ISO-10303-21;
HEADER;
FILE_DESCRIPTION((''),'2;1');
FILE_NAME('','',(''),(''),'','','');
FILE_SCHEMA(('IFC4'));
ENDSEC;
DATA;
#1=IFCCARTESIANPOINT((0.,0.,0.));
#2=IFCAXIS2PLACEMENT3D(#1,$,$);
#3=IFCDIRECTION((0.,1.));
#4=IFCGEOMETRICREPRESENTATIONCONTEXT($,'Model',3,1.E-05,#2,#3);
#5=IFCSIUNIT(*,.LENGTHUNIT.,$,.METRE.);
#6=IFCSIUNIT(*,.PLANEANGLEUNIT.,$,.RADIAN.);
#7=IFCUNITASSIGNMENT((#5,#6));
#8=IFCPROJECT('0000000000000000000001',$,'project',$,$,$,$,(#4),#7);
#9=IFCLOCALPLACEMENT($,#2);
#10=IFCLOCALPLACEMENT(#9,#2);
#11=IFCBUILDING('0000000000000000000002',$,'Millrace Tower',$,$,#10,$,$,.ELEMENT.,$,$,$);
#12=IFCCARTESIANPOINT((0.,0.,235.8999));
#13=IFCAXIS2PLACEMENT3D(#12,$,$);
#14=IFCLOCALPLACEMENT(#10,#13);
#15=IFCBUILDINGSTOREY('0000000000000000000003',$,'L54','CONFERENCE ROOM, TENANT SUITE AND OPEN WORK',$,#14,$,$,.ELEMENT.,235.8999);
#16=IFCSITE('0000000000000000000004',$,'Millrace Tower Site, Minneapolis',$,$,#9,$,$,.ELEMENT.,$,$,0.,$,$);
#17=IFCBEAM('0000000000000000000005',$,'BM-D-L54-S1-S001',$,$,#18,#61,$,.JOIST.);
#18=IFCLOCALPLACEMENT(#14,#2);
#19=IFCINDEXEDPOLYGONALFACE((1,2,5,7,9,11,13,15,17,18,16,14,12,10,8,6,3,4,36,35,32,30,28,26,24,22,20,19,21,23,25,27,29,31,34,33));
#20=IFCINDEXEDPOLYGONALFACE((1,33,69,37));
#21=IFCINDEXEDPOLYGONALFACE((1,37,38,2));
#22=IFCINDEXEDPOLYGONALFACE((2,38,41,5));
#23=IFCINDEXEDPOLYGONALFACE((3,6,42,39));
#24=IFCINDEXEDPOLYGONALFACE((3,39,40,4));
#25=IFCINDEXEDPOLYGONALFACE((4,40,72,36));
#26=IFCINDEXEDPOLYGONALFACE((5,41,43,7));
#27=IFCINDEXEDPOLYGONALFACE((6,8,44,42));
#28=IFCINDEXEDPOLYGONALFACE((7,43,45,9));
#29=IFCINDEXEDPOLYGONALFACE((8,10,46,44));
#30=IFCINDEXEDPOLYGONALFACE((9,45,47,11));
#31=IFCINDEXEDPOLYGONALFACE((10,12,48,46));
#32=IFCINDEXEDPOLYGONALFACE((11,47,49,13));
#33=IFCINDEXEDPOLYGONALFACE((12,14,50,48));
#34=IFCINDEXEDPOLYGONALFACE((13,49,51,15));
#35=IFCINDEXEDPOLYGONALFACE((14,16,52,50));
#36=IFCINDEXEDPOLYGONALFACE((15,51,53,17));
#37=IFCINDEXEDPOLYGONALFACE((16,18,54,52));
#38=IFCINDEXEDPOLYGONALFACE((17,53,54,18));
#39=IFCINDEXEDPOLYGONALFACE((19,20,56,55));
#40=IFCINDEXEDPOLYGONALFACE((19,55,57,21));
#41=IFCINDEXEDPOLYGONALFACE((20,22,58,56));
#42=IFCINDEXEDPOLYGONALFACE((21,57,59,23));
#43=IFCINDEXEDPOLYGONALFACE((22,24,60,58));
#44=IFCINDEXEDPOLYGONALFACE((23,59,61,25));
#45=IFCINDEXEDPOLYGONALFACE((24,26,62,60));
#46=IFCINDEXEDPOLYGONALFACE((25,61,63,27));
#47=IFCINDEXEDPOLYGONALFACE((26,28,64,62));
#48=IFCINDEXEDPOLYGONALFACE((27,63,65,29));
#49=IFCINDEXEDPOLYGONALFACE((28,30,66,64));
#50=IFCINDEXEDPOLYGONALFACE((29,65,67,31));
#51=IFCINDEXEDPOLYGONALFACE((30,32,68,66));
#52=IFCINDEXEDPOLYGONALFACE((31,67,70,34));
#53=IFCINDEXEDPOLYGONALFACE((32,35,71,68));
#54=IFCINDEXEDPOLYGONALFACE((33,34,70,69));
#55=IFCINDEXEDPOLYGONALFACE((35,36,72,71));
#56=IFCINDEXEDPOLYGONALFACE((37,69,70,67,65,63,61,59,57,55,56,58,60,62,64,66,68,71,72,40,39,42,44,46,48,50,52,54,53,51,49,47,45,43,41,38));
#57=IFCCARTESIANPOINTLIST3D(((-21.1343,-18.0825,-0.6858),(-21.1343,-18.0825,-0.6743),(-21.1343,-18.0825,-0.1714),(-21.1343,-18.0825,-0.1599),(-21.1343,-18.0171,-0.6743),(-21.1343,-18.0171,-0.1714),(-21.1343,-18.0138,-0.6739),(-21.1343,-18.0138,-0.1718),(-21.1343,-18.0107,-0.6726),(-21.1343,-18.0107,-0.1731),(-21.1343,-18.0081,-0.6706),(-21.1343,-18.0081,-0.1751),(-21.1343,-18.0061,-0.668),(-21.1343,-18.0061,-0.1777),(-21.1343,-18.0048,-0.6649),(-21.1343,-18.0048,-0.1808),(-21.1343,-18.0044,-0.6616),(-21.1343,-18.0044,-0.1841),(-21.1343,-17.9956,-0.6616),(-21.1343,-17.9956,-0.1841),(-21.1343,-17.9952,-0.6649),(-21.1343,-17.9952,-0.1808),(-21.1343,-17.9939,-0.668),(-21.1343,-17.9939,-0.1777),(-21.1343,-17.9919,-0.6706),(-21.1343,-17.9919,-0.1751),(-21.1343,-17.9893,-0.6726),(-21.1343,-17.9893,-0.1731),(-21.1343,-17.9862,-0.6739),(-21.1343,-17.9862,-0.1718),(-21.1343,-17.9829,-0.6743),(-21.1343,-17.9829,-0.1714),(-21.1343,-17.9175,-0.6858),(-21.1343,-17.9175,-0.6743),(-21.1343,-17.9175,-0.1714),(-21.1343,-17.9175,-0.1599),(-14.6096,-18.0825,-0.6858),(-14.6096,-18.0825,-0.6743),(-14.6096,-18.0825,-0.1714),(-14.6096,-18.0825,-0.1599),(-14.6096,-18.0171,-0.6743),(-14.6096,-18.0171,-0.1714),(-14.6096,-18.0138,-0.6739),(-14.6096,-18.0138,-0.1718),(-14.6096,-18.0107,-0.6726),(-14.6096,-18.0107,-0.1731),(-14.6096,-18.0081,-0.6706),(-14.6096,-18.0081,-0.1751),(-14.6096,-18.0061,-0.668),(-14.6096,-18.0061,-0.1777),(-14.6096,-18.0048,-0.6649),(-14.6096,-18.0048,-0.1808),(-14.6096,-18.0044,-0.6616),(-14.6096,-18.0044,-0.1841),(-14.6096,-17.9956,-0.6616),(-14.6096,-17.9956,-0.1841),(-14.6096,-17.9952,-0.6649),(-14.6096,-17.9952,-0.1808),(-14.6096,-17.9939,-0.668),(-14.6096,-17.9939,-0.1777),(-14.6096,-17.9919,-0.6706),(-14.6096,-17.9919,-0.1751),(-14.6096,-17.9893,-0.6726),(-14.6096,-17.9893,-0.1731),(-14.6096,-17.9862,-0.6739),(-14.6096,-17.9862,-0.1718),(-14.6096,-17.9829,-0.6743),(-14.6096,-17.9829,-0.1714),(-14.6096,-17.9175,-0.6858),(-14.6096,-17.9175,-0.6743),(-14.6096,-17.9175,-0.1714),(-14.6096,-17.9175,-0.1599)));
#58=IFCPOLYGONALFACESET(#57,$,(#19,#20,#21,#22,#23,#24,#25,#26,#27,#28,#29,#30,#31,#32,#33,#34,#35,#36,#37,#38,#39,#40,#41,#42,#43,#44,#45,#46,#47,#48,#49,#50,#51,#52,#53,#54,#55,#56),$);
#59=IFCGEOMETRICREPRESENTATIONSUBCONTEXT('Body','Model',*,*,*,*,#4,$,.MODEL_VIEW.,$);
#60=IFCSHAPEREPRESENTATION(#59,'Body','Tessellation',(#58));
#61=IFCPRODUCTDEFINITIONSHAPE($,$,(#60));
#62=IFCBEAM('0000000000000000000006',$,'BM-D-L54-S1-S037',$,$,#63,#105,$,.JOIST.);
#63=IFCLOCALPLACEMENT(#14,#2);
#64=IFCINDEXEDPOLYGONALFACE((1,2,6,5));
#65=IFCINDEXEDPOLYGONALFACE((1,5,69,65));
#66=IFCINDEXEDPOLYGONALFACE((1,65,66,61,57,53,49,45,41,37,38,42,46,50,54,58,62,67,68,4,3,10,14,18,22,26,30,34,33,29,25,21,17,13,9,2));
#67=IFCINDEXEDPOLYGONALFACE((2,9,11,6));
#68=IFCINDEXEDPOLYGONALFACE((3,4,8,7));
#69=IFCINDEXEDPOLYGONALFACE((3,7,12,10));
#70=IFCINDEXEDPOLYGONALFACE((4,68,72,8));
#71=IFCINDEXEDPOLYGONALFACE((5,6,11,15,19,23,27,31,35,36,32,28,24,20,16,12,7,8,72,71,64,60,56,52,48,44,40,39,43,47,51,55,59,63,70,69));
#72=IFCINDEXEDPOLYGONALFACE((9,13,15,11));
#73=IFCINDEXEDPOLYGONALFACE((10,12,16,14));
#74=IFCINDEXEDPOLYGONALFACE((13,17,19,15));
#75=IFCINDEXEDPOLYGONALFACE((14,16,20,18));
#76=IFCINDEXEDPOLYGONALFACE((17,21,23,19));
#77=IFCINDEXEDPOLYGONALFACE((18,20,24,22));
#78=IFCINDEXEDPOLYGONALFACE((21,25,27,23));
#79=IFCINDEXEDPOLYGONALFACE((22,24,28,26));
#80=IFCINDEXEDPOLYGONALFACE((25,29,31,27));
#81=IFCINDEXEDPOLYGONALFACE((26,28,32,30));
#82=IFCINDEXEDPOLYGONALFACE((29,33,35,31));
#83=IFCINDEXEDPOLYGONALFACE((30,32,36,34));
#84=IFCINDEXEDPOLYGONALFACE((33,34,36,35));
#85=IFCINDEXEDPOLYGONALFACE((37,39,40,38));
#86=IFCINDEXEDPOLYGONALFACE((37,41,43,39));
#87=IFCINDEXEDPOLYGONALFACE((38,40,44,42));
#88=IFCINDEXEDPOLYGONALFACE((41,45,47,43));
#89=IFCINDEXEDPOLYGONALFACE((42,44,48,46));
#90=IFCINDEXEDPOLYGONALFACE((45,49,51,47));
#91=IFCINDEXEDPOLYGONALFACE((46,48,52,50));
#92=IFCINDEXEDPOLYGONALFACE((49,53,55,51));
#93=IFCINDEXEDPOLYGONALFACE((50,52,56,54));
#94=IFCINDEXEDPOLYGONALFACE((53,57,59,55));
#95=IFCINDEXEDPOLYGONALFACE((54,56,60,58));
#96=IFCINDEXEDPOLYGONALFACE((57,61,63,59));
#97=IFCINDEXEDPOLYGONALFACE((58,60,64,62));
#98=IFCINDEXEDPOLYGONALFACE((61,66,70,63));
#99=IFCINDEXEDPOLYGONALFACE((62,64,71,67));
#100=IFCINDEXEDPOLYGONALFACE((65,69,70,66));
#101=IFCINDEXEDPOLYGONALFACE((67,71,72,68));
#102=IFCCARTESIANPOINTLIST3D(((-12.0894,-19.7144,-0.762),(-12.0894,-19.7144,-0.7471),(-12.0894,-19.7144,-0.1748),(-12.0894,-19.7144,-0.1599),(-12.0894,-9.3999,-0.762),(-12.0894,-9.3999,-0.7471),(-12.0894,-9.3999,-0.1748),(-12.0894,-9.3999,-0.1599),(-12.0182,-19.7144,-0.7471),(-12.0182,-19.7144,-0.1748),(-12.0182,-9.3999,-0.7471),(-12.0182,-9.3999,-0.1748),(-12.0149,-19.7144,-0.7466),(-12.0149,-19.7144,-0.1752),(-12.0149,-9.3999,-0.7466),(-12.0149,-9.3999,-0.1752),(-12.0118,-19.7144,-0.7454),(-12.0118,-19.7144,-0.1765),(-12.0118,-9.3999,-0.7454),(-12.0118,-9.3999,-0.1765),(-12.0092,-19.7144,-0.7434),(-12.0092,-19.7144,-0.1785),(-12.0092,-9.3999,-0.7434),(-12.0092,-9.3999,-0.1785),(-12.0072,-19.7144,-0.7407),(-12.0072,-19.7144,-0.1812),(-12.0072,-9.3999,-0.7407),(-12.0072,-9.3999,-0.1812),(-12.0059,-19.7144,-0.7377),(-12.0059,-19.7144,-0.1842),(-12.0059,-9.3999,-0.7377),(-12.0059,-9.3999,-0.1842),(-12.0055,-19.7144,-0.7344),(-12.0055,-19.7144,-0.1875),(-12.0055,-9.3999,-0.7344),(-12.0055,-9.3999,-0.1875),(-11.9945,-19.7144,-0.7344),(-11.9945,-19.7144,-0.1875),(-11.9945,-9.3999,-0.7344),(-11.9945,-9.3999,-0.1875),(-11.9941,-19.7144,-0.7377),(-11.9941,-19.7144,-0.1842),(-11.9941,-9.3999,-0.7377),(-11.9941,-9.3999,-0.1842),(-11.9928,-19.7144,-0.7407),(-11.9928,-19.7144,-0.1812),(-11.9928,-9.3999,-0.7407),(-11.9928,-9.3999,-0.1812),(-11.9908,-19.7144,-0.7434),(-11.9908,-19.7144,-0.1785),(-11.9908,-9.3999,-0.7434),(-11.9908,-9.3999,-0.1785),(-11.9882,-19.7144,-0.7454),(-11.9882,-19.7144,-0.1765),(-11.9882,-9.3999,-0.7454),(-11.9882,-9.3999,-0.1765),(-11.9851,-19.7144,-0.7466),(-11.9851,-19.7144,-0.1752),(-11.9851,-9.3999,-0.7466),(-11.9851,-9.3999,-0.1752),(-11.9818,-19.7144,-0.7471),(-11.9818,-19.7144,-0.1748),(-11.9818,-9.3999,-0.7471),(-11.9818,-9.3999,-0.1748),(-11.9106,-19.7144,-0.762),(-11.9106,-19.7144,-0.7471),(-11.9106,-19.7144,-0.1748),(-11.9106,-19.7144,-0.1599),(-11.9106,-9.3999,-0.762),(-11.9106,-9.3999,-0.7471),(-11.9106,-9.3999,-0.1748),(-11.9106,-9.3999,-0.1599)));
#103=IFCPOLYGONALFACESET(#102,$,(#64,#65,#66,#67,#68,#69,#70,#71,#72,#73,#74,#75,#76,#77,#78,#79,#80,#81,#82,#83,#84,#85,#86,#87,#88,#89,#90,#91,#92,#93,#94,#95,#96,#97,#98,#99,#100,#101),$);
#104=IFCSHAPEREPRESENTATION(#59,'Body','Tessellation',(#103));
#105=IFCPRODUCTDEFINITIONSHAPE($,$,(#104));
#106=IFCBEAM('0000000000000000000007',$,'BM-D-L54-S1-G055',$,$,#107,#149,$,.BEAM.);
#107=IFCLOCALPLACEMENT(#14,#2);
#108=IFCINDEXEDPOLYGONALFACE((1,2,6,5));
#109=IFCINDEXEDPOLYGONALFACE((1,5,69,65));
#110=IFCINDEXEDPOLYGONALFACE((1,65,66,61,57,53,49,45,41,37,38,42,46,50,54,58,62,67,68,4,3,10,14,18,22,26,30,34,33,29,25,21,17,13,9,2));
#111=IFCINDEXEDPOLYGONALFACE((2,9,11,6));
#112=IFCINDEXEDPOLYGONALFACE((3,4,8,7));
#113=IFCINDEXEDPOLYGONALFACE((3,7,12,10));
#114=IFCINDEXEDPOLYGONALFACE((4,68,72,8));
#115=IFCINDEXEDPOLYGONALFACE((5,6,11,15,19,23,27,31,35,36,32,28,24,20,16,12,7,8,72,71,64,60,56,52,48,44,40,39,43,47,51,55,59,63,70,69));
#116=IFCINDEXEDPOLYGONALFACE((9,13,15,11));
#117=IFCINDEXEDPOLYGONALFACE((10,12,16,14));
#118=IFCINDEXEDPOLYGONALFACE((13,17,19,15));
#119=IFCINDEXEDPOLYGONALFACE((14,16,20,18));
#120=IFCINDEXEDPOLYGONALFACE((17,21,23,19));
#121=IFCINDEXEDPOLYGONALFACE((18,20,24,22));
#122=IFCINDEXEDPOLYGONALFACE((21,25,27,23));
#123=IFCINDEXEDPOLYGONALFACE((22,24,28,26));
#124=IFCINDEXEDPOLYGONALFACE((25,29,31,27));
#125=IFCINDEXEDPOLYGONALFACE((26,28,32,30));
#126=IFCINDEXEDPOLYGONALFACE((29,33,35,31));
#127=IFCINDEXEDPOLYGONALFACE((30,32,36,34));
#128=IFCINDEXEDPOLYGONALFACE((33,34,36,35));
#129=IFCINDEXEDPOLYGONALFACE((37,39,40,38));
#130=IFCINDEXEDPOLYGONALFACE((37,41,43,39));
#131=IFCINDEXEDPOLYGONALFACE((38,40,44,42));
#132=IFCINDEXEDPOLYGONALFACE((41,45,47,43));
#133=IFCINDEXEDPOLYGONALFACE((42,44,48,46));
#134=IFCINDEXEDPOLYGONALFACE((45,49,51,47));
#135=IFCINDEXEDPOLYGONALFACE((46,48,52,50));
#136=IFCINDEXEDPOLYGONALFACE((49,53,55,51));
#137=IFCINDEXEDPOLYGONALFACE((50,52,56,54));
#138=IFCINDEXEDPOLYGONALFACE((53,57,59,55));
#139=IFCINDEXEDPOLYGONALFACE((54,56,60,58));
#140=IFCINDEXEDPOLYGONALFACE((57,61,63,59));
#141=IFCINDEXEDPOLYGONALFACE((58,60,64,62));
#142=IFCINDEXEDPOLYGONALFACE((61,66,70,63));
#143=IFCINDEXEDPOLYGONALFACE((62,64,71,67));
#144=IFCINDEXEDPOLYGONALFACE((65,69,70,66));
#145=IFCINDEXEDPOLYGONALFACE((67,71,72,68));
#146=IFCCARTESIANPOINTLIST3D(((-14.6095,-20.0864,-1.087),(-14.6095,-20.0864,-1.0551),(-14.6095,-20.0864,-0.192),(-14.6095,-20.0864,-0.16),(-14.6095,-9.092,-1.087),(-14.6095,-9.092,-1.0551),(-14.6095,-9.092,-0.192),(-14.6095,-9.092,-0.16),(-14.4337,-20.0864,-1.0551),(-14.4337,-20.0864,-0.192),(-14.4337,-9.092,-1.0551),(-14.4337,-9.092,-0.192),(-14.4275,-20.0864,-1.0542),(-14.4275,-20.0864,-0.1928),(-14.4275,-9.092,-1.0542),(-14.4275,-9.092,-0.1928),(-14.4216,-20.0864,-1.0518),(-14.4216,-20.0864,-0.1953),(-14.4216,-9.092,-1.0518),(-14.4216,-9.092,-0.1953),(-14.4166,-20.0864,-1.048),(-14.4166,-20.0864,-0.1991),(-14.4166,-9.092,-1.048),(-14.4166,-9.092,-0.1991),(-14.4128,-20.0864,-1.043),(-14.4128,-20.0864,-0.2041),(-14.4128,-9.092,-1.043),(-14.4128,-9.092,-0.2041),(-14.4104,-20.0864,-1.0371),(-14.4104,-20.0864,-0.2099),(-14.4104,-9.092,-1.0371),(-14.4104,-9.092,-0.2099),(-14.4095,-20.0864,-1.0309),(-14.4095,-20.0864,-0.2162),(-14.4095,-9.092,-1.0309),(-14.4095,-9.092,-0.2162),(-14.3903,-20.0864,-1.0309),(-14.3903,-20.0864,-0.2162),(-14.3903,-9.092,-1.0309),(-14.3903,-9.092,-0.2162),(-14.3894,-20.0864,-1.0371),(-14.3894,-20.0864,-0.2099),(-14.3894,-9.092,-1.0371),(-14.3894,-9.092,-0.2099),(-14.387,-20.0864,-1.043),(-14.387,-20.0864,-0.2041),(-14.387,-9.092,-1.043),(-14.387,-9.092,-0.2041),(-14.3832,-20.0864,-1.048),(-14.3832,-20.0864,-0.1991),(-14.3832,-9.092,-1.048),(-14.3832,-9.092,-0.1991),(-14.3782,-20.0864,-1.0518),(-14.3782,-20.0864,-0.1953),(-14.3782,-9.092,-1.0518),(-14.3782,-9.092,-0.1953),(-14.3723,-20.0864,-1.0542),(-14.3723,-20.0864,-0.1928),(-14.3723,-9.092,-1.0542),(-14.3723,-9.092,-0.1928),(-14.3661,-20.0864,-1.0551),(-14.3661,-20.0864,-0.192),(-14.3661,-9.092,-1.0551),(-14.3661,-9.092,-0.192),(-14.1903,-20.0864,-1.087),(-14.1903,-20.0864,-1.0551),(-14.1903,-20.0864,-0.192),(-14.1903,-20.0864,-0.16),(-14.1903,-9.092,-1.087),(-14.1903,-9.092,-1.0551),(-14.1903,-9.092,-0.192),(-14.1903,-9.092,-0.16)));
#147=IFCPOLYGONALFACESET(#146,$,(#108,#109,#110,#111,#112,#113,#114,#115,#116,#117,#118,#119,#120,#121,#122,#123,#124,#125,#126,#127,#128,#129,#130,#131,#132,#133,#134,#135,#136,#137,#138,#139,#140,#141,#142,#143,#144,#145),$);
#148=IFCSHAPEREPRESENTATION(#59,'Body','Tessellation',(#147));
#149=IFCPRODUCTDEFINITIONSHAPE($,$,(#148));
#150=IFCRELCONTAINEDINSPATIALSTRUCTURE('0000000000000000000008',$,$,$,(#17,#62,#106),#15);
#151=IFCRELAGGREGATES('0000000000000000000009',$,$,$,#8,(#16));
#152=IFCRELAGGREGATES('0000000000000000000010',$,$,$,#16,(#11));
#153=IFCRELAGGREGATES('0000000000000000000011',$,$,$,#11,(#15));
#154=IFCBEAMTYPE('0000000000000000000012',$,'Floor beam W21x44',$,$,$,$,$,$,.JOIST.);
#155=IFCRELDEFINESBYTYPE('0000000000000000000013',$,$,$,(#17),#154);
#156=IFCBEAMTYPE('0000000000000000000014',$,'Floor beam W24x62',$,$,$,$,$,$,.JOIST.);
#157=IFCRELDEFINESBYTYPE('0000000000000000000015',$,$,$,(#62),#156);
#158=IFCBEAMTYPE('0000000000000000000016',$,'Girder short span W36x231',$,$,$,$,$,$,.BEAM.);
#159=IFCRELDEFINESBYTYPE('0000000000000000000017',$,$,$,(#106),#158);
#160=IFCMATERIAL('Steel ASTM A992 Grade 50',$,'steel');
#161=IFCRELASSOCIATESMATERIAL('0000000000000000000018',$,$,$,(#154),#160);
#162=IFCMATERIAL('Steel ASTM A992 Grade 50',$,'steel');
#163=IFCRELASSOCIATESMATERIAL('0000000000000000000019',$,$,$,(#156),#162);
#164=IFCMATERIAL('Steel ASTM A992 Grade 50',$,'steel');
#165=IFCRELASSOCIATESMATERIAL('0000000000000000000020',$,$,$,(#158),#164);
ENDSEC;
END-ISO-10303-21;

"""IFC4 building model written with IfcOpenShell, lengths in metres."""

from ifc_helpers import new_model, si_unit, direction, frame, origin, origin_2d, place, context, subcontext, project, spatial, i_section, extrude, material, material_profile, profile_set, type_object, element, save


model = new_model("IFC4")

# Units and contexts
model_context = context("Model", 3, precision=1e-05, world=origin(), true_north=direction((0.0, 1.0)))
body_context = subcontext(model_context, "Body", "Model", "MODEL_VIEW")
ifc_project = project(units=[si_unit("LENGTHUNIT", "METRE"), si_unit("PLANEANGLEUNIT", "RADIAN")], contexts=[model_context])

# Site, building, storey
site_placement = place(None, origin())
site = spatial("IfcSite", under=ifc_project, at=site_placement, Name="Millrace Tower Site, Minneapolis", CompositionType="ELEMENT", RefElevation=0.0)
building_placement = place(site_placement, origin())
building = spatial("IfcBuilding", under=site, at=building_placement, Name="Millrace Tower", CompositionType="ELEMENT")
storey_placement = place(building_placement, frame((0.0, 0.0, 235.8999)))
storey = spatial("IfcBuildingStorey", under=building, at=storey_placement, Name="L54", Description="CONFERENCE ROOM, TENANT SUITE AND OPEN WORK", CompositionType="ELEMENT", Elevation=235.8999)

# Beams
ifc_material_1 = material(Name="Steel ASTM A992 Grade 50", Category="steel")
ifc_material_profile_1 = material_profile(ifc_material_1, i_section(OverallWidth=0.165, OverallDepth=0.5259, WebThickness=0.0088, FlangeThickness=0.0115, FilletRadius=0.0127, at=origin_2d()))
ifc_profile_set_1 = profile_set([ifc_material_profile_1], Name="Steel ASTM A992 Grade 50")
beam_type_1 = type_object("IfcBeamType", Name="Floor beam W21x44", PredefinedType="JOIST", material=ifc_profile_set_1)
beam_1_placement = place(storey_placement, frame((-21.1343, -18.0, -0.4229), z_axis=(1.0, 0.0, 0.0), x_axis=(0.0, 1.0, 0.0)))
element("IfcBeam", 1, at=beam_1_placement, inside=storey, type_object=beam_type_1, Name="BM-D-L54-S1-S001", PredefinedType="JOIST", context=body_context, shape_type="SweptSolid", body=[
    extrude(i_section(OverallWidth=0.165, OverallDepth=0.5259, WebThickness=0.0088, FlangeThickness=0.0115, FilletRadius=0.0127, at=origin_2d()), origin(), (0.0, 0.0, 1.0), 6.5247),
])
ifc_material_2 = material(Name="Steel ASTM A992 Grade 50", Category="steel")
ifc_material_profile_2 = material_profile(ifc_material_2, i_section(OverallWidth=0.1787, OverallDepth=0.6021, WebThickness=0.011, FlangeThickness=0.0149, FilletRadius=0.0127, at=origin_2d()))
ifc_profile_set_2 = profile_set([ifc_material_profile_2], Name="Steel ASTM A992 Grade 50")
beam_type_2 = type_object("IfcBeamType", Name="Floor beam W24x62", PredefinedType="JOIST", material=ifc_profile_set_2)
beam_2_placement = place(storey_placement, frame((-12.0, -19.7144, -0.4609), z_axis=(0.0, 1.0, 0.0), x_axis=(-1.0, 0.0, 0.0)))
element("IfcBeam", 2, at=beam_2_placement, inside=storey, type_object=beam_type_2, Name="BM-D-L54-S1-S037", PredefinedType="JOIST", context=body_context, shape_type="SweptSolid", body=[
    extrude(i_section(OverallWidth=0.1787, OverallDepth=0.6021, WebThickness=0.011, FlangeThickness=0.0149, FilletRadius=0.0127, at=origin_2d()), origin(), (0.0, 0.0, 1.0), 10.3145),
])
ifc_material_3 = material(Name="Steel ASTM A992 Grade 50", Category="steel")
ifc_material_profile_3 = material_profile(ifc_material_3, i_section(OverallWidth=0.4192, OverallDepth=0.927, WebThickness=0.0193, FlangeThickness=0.032, FilletRadius=0.0242, at=origin_2d()))
ifc_profile_set_3 = profile_set([ifc_material_profile_3], Name="Steel ASTM A992 Grade 50")
beam_type_3 = type_object("IfcBeamType", Name="Girder short span W36x231", PredefinedType="BEAM", material=ifc_profile_set_3)
beam_3_placement = place(storey_placement, frame((-14.3999, -20.0864, -0.6235), z_axis=(0.0, 1.0, 0.0), x_axis=(-1.0, 0.0, 0.0)))
element("IfcBeam", 3, at=beam_3_placement, inside=storey, type_object=beam_type_3, Name="BM-D-L54-S1-G055", PredefinedType="BEAM", context=body_context, shape_type="SweptSolid", body=[
    extrude(i_section(OverallWidth=0.4192, OverallDepth=0.927, WebThickness=0.0193, FlangeThickness=0.032, FilletRadius=0.0242, at=origin_2d()), origin(), (0.0, 0.0, 1.0), 10.9944),
])

save(model, "model.ifc")
